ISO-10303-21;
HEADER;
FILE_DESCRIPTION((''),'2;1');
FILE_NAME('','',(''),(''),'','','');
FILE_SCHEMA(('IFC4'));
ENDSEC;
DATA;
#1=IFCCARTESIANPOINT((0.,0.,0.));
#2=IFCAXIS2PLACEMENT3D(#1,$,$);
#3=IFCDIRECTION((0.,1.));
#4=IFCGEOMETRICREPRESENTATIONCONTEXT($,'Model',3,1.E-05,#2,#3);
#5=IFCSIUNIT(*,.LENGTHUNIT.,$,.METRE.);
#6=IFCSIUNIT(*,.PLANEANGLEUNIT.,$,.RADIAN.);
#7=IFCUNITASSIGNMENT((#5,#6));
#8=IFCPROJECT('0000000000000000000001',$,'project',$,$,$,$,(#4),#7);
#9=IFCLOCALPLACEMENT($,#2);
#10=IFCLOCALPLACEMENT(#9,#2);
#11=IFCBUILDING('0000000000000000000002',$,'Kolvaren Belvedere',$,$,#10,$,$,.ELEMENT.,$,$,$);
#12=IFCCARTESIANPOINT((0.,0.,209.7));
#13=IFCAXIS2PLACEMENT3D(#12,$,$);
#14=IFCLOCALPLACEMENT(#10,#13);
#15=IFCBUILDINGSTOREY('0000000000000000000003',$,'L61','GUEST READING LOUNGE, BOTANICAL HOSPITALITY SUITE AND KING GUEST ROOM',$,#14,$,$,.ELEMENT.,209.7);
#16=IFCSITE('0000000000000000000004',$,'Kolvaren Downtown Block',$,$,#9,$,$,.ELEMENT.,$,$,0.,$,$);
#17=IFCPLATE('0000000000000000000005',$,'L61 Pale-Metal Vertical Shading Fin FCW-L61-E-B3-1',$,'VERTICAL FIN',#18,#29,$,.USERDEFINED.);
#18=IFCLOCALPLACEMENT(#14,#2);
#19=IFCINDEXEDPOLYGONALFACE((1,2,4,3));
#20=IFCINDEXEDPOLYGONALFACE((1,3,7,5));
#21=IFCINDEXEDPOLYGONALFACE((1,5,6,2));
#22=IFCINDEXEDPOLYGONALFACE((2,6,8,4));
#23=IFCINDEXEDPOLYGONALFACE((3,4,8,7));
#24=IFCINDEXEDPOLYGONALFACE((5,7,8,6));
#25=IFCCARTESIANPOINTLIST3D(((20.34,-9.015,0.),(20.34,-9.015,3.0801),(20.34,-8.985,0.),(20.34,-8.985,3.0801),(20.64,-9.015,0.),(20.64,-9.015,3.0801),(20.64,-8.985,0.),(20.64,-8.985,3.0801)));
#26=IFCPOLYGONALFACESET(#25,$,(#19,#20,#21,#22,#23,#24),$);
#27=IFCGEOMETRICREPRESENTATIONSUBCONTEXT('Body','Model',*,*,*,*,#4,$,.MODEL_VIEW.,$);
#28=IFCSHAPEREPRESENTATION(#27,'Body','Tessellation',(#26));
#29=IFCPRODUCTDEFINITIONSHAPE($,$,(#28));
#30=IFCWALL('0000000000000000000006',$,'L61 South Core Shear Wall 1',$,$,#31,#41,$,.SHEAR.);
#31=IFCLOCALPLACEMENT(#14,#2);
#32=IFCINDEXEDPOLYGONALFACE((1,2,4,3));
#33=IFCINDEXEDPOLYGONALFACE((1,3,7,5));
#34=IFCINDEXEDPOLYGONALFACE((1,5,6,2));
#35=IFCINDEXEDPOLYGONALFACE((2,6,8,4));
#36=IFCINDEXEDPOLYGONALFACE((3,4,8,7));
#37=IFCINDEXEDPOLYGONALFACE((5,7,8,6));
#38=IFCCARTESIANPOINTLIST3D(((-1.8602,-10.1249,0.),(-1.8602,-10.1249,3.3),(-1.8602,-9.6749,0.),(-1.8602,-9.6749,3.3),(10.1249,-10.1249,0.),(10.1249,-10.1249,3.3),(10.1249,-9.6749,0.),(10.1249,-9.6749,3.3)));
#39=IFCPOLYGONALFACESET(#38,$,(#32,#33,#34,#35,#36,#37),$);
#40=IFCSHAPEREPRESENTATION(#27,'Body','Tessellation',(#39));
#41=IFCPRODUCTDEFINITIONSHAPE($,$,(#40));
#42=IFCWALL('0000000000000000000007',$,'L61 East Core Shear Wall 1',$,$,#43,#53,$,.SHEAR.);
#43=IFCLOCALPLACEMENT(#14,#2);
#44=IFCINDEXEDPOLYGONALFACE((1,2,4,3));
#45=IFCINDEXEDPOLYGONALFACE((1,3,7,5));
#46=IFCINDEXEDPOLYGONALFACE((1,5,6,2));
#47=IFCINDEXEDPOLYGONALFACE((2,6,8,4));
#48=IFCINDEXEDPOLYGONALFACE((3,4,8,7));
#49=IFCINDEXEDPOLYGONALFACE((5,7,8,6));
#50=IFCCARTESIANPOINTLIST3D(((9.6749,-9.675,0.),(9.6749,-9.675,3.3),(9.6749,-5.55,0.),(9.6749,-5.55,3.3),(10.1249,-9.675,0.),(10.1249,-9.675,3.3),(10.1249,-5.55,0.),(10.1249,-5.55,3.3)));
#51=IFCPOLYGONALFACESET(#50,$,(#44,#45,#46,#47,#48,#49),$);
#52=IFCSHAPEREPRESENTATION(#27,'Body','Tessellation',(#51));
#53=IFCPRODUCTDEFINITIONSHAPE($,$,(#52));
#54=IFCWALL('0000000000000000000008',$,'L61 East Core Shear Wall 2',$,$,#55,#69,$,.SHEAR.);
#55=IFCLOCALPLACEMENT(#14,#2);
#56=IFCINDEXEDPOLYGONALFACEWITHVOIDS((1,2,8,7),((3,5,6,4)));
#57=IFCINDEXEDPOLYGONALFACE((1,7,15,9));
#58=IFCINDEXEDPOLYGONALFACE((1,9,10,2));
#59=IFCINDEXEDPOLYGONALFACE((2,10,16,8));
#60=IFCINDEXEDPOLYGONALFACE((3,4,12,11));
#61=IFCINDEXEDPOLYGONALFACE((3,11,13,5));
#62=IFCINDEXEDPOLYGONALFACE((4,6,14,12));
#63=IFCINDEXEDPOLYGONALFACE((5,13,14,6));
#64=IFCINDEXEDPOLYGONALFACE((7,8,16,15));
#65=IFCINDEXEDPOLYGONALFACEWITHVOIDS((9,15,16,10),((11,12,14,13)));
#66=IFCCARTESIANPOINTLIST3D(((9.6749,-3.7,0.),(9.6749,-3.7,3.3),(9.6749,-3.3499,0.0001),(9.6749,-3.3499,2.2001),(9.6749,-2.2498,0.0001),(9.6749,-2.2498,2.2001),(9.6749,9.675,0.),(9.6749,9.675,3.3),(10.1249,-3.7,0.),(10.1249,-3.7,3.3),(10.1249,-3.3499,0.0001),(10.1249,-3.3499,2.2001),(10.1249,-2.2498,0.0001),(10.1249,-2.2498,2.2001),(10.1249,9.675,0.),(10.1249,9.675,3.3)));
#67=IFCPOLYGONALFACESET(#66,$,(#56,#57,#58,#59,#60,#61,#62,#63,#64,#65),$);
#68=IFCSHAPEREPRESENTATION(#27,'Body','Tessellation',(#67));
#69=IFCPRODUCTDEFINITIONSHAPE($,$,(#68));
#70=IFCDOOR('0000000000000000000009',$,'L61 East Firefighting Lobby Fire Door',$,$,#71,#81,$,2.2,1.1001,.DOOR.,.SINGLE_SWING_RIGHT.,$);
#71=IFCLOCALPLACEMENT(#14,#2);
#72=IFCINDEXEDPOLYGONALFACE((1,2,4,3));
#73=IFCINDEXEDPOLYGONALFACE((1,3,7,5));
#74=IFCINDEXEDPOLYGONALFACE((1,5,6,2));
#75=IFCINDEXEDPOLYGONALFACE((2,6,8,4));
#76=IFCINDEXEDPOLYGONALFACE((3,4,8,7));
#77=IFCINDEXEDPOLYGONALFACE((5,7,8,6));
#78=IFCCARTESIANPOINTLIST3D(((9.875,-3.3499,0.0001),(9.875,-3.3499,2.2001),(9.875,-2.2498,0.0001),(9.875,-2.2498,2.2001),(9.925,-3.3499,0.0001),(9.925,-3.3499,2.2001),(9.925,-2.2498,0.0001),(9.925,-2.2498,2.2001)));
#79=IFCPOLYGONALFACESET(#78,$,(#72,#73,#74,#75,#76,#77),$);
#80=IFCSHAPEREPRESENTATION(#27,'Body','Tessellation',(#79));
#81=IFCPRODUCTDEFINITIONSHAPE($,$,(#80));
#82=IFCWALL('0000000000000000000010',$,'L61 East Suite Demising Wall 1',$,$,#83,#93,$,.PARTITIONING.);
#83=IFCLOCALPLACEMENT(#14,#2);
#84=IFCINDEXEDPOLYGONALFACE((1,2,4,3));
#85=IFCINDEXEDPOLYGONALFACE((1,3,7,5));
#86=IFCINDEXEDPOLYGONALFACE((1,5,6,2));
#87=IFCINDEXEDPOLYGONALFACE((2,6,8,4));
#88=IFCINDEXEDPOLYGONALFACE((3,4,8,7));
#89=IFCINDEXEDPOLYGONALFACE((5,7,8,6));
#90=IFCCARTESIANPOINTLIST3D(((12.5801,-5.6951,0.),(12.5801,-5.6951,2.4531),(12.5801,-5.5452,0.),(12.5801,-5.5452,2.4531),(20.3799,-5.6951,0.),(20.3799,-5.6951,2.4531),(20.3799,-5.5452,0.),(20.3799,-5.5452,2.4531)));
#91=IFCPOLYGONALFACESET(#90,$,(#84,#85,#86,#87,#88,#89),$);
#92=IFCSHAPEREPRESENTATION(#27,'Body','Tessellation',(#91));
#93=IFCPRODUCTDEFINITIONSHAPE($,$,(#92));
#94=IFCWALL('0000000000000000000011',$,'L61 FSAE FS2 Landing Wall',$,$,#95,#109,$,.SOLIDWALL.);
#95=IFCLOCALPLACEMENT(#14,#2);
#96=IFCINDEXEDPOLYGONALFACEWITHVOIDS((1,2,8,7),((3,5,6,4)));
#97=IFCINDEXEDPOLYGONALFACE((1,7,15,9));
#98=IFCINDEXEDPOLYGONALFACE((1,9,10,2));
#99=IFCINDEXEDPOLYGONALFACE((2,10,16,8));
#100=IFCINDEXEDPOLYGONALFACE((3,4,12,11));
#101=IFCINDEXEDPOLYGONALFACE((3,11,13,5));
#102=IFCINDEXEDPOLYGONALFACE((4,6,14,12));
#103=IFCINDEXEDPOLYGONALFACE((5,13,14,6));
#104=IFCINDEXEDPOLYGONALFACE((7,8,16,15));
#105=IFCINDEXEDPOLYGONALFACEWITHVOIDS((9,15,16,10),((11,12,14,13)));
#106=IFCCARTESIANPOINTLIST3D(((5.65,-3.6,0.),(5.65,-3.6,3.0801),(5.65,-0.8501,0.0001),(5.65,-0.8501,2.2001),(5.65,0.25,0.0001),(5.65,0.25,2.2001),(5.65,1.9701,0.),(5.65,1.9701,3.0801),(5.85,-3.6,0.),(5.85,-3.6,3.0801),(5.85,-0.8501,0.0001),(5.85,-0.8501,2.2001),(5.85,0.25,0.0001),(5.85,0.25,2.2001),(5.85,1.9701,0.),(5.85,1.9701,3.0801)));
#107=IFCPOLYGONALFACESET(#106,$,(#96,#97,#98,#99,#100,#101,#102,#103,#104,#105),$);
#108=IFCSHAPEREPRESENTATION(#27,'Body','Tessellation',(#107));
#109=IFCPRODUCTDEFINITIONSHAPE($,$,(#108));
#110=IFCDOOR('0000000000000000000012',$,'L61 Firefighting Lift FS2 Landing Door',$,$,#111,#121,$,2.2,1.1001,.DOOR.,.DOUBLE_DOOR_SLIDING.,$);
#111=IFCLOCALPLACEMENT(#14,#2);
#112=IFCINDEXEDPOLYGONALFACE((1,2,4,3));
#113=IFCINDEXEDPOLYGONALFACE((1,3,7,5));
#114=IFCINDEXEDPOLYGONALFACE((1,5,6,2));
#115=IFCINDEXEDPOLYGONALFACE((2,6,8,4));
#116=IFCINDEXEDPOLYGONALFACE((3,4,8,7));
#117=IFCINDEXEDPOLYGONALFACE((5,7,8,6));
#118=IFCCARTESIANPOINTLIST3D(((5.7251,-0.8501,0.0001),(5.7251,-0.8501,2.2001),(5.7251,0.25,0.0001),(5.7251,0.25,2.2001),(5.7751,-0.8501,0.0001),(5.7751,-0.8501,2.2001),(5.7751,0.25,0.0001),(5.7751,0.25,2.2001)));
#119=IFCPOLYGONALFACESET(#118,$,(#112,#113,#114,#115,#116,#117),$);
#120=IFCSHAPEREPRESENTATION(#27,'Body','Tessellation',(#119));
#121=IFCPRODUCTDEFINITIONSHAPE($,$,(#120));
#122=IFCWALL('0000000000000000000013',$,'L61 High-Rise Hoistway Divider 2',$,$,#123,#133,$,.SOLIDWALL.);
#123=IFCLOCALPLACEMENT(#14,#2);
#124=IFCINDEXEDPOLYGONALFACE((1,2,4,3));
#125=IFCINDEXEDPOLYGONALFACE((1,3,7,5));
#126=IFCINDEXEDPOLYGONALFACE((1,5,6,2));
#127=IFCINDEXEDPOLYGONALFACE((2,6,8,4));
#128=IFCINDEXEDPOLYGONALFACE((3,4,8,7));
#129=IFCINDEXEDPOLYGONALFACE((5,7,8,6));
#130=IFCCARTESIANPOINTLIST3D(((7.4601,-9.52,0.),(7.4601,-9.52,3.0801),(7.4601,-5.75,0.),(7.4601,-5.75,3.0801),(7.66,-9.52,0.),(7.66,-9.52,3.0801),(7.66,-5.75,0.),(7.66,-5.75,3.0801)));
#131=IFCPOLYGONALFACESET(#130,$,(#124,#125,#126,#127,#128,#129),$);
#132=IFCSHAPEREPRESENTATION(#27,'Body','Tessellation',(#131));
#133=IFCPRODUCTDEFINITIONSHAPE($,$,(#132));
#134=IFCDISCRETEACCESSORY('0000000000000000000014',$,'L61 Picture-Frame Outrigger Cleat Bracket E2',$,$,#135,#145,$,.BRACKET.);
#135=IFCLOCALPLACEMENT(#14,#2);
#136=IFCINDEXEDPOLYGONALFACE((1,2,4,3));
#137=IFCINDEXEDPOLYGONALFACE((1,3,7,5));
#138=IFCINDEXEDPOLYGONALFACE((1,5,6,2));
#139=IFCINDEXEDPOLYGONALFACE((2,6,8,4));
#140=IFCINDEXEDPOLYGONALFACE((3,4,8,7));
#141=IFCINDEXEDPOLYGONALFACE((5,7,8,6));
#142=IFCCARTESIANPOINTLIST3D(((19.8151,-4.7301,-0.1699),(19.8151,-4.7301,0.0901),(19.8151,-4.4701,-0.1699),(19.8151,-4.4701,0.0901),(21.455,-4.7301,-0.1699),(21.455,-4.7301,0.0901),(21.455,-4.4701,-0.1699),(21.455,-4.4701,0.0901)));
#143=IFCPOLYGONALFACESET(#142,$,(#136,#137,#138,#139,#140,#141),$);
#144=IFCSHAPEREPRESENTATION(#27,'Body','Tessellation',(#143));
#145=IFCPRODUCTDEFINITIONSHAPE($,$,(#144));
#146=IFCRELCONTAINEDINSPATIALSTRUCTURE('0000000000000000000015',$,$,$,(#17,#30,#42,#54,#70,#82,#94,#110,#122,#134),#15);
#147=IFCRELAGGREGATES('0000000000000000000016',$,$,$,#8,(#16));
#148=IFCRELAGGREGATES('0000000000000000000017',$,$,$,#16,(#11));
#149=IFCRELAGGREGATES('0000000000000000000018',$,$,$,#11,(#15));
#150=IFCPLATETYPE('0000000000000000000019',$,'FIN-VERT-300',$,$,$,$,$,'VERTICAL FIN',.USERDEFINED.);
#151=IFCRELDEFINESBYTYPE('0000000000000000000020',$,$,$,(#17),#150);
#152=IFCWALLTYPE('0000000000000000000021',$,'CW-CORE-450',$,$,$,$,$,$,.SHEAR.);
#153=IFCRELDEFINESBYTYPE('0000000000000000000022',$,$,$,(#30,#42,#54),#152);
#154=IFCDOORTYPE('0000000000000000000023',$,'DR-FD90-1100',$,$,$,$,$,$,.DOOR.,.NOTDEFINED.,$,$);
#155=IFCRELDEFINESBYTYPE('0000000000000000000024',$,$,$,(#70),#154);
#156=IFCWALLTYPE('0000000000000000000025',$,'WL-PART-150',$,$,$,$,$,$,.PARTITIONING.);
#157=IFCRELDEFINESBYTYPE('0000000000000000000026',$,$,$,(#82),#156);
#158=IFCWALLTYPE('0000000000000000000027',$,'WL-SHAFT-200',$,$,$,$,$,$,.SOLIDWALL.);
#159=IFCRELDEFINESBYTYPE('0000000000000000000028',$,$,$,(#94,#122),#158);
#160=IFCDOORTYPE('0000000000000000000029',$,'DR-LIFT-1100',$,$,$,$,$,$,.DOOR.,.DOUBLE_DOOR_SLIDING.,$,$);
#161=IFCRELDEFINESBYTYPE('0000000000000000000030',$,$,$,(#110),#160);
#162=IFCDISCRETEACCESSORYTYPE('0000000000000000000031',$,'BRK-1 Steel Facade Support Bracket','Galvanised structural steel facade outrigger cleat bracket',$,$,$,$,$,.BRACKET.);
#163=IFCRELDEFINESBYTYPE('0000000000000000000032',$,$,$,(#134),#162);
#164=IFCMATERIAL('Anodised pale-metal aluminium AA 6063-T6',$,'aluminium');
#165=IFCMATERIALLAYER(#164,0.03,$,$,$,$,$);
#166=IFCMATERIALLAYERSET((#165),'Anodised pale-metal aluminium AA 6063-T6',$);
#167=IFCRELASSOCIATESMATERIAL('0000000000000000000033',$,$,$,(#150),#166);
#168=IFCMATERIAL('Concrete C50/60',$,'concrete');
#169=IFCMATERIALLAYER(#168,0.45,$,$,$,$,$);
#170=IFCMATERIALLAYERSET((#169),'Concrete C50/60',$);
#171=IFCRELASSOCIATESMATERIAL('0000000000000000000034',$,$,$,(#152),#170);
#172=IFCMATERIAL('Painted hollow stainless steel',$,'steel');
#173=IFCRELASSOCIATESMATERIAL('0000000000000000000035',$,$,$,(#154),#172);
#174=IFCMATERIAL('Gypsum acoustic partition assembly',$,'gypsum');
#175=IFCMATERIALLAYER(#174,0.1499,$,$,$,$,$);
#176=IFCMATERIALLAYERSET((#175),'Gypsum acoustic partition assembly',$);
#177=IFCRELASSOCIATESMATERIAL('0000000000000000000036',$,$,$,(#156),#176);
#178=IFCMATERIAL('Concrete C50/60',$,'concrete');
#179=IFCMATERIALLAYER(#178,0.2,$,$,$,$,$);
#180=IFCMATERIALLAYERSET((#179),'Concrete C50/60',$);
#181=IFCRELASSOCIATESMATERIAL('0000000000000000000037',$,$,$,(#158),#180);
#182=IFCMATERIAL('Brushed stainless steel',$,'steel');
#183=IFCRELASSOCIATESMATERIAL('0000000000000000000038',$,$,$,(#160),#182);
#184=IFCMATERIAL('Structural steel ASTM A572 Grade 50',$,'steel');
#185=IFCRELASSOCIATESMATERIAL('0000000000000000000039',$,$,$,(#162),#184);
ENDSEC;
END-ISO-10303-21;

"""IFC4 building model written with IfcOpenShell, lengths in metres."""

from ifc_helpers import new_model, si_unit, direction, frame, frame_2d, origin, origin_2d, place, context, subcontext, project, spatial, rectangle, extrude, material, layer, layer_set, type_object, element, fill, save


model = new_model("IFC4")

# Units and contexts
model_context = context("Model", 3, precision=1e-05, world=origin(), true_north=direction((0.0, 1.0)))
body_context = subcontext(model_context, "Body", "Model", "MODEL_VIEW")
ifc_project = project(units=[si_unit("LENGTHUNIT", "METRE"), si_unit("PLANEANGLEUNIT", "RADIAN")], contexts=[model_context])

# Site, building, storey
site_placement = place(None, origin())
site = spatial("IfcSite", under=ifc_project, at=site_placement, Name="Kolvaren Downtown Block", CompositionType="ELEMENT", RefElevation=0.0)
building_placement = place(site_placement, origin())
building = spatial("IfcBuilding", under=site, at=building_placement, Name="Kolvaren Belvedere", CompositionType="ELEMENT")
storey_placement = place(building_placement, frame((0.0, 0.0, 209.7)))
storey = spatial("IfcBuildingStorey", under=building, at=storey_placement, Name="L61", Description="GUEST READING LOUNGE, BOTANICAL HOSPITALITY SUITE AND KING GUEST ROOM", CompositionType="ELEMENT", Elevation=209.7)

# Plate
ifc_material_1 = material(Name="Anodised pale-metal aluminium AA 6063-T6", Category="aluminium")
ifc_layer_1 = layer(ifc_material_1, 0.03)
ifc_layer_set_1 = layer_set([ifc_layer_1], Name="Anodised pale-metal aluminium AA 6063-T6")
plate_type_1 = type_object("IfcPlateType", Name="FIN-VERT-300", ElementType="VERTICAL FIN", PredefinedType="USERDEFINED", material=ifc_layer_set_1)
plate_1_placement = place(storey_placement, frame((20.49, -9.0, 0.0), z_axis=(0.0, 0.0, 1.0), x_axis=(1.0, 0.0, 0.0)))
element("IfcPlate", 1, at=plate_1_placement, inside=storey, type_object=plate_type_1, Name="L61 Pale-Metal Vertical Shading Fin FCW-L61-E-B3-1", ObjectType="VERTICAL FIN", PredefinedType="USERDEFINED", context=body_context, shape_type="SweptSolid", body=[
    extrude(rectangle(XDim=0.3, YDim=0.03, at=origin_2d()), origin(), (0.0, 0.0, 1.0), 3.0801),
])

# Walls
ifc_material_2 = material(Name="Concrete C50/60", Category="concrete")
ifc_layer_2 = layer(ifc_material_2, 0.45)
ifc_layer_set_2 = layer_set([ifc_layer_2], Name="Concrete C50/60")
wall_type_1 = type_object("IfcWallType", Name="CW-CORE-450", PredefinedType="SHEAR", material=ifc_layer_set_2)
wall_1_placement = place(storey_placement, frame((10.125, -9.8999, 0.0), z_axis=(0.0, 0.0, 1.0), x_axis=(-1.0, 0.0, 0.0)))
element("IfcWall", 2, at=wall_1_placement, inside=storey, type_object=wall_type_1, Name="L61 South Core Shear Wall 1", PredefinedType="SHEAR", context=body_context, shape_type="SweptSolid", body=[
    extrude(rectangle(XDim=11.9851, YDim=0.45, at=frame_2d((5.9927, 0.0))), origin(), (0.0, 0.0, 1.0), 3.3),
])
wall_2_placement = place(storey_placement, frame((9.8999, -9.675, 0.0), z_axis=(0.0, 0.0, 1.0), x_axis=(0.0, 1.0, 0.0)))
element("IfcWall", 3, at=wall_2_placement, inside=storey, type_object=wall_type_1, Name="L61 East Core Shear Wall 1", PredefinedType="SHEAR", context=body_context, shape_type="SweptSolid", body=[
    extrude(rectangle(XDim=4.125, YDim=0.45, at=frame_2d((2.0625, 0.0))), origin(), (0.0, 0.0, 1.0), 3.3),
])

# Wall, opening, door
wall_3_placement = place(storey_placement, frame((9.8999, -3.7, 0.0), z_axis=(0.0, 0.0, 1.0), x_axis=(0.0, 1.0, 0.0)))
wall_3 = element("IfcWall", 4, at=wall_3_placement, inside=storey, type_object=wall_type_1, Name="L61 East Core Shear Wall 2", PredefinedType="SHEAR", context=body_context, shape_type="SweptSolid", body=[
    extrude(rectangle(XDim=13.375, YDim=0.45, at=frame_2d((6.6875, 0.0))), origin(), (0.0, 0.0, 1.0), 3.3),
])
opening_1_placement = place(wall_3_placement, frame((0.3501, 0.0, 0.0)))
opening_1 = element("IfcOpeningElement", 5, at=opening_1_placement, cuts=wall_3, PredefinedType="OPENING", context=body_context, shape_type="SweptSolid", body=[
    extrude(rectangle(XDim=1.1001, YDim=2.2, at=frame_2d((0.55, 1.1001))), frame((0.0, 0.2349, 0.0), z_axis=(0.0, -1.0, 0.0), x_axis=(1.0, 0.0, 0.0)), (0.0, 0.0, 1.0), 0.47),
])
ifc_material_3 = material(Name="Painted hollow stainless steel", Category="steel")
door_type_1 = type_object("IfcDoorType", Name="DR-FD90-1100", OperationType="NOTDEFINED", PredefinedType="DOOR", material=ifc_material_3)
door_1_placement = place(opening_1_placement, origin())
door_1 = element("IfcDoor", 6, at=door_1_placement, inside=storey, type_object=door_type_1, Name="L61 East Firefighting Lobby Fire Door", OperationType="SINGLE_SWING_RIGHT", OverallHeight=2.2, OverallWidth=1.1001, PredefinedType="DOOR", context=body_context, shape_type="SweptSolid", body=[
    extrude(rectangle(XDim=1.1001, YDim=2.2, at=frame_2d((0.55, 1.1001))), frame((0.0, 0.0249, 0.0), z_axis=(0.0, -1.0, 0.0), x_axis=(1.0, 0.0, 0.0)), (0.0, 0.0, 1.0), 0.05),
])
fill(opening_1, door_1)

# Wall
ifc_material_4 = material(Name="Gypsum acoustic partition assembly", Category="gypsum")
ifc_layer_3 = layer(ifc_material_4, 0.1499)
ifc_layer_set_3 = layer_set([ifc_layer_3], Name="Gypsum acoustic partition assembly")
wall_type_2 = type_object("IfcWallType", Name="WL-PART-150", PredefinedType="PARTITIONING", material=ifc_layer_set_3)
wall_4_placement = place(storey_placement, frame((12.5801, -5.6201, 0.0), z_axis=(0.0, 0.0, 1.0), x_axis=(1.0, 0.0, 0.0)))
element("IfcWall", 7, at=wall_4_placement, inside=storey, type_object=wall_type_2, Name="L61 East Suite Demising Wall 1", PredefinedType="PARTITIONING", context=body_context, shape_type="SweptSolid", body=[
    extrude(rectangle(XDim=7.7998, YDim=0.1499, at=frame_2d((3.8999, 0.0))), origin(), (0.0, 0.0, 1.0), 2.4531),
])

# Wall, opening, door
ifc_material_5 = material(Name="Concrete C50/60", Category="concrete")
ifc_layer_4 = layer(ifc_material_5, 0.2)
ifc_layer_set_4 = layer_set([ifc_layer_4], Name="Concrete C50/60")
wall_type_3 = type_object("IfcWallType", Name="WL-SHAFT-200", PredefinedType="SOLIDWALL", material=ifc_layer_set_4)
wall_5_placement = place(storey_placement, frame((5.75, -3.6001, 0.0), z_axis=(0.0, 0.0, 1.0), x_axis=(0.0, 1.0, 0.0)))
wall_5 = element("IfcWall", 8, at=wall_5_placement, inside=storey, type_object=wall_type_3, Name="L61 FSAE FS2 Landing Wall", PredefinedType="SOLIDWALL", context=body_context, shape_type="SweptSolid", body=[
    extrude(rectangle(XDim=5.5701, YDim=0.2, at=frame_2d((2.7852, 0.0))), origin(), (0.0, 0.0, 1.0), 3.0801),
])
opening_2_placement = place(wall_5_placement, frame((2.75, 0.0, 0.0)))
opening_2 = element("IfcOpeningElement", 9, at=opening_2_placement, cuts=wall_5, PredefinedType="OPENING", context=body_context, shape_type="SweptSolid", body=[
    extrude(rectangle(XDim=1.1001, YDim=2.2, at=frame_2d((0.55, 1.1001))), frame((0.0, 0.1099, 0.0), z_axis=(0.0, -1.0, 0.0), x_axis=(1.0, 0.0, 0.0)), (0.0, 0.0, 1.0), 0.22),
])
ifc_material_6 = material(Name="Brushed stainless steel", Category="steel")
door_type_2 = type_object("IfcDoorType", Name="DR-LIFT-1100", OperationType="DOUBLE_DOOR_SLIDING", PredefinedType="DOOR", material=ifc_material_6)
door_2_placement = place(opening_2_placement, origin())
door_2 = element("IfcDoor", 10, at=door_2_placement, inside=storey, type_object=door_type_2, Name="L61 Firefighting Lift FS2 Landing Door", OperationType="DOUBLE_DOOR_SLIDING", OverallHeight=2.2, OverallWidth=1.1001, PredefinedType="DOOR", context=body_context, shape_type="SweptSolid", body=[
    extrude(rectangle(XDim=1.1001, YDim=2.2, at=frame_2d((0.55, 1.1001))), frame((0.0, 0.0249, 0.0), z_axis=(0.0, -1.0, 0.0), x_axis=(1.0, 0.0, 0.0)), (0.0, 0.0, 1.0), 0.05),
])
fill(opening_2, door_2)

# Wall
wall_6_placement = place(storey_placement, frame((7.5601, -9.52, 0.0), z_axis=(0.0, 0.0, 1.0), x_axis=(0.0, 1.0, 0.0)))
element("IfcWall", 11, at=wall_6_placement, inside=storey, type_object=wall_type_3, Name="L61 High-Rise Hoistway Divider 2", PredefinedType="SOLIDWALL", context=body_context, shape_type="SweptSolid", body=[
    extrude(rectangle(XDim=3.77, YDim=0.2, at=frame_2d((1.885, 0.0))), origin(), (0.0, 0.0, 1.0), 3.0801),
])

# Discrete accessory
ifc_material_7 = material(Name="Structural steel ASTM A572 Grade 50", Category="steel")
discrete_accessory_type = type_object("IfcDiscreteAccessoryType", Name="BRK-1 Steel Facade Support Bracket", Description="Galvanised structural steel facade outrigger cleat bracket", PredefinedType="BRACKET", material=ifc_material_7)
discrete_accessory_placement = place(storey_placement, frame((20.635, -4.6001, -0.1699), z_axis=(0.0, 0.0, 1.0), x_axis=(1.0, 0.0, 0.0)))
element("IfcDiscreteAccessory", 12, at=discrete_accessory_placement, inside=storey, type_object=discrete_accessory_type, Name="L61 Picture-Frame Outrigger Cleat Bracket E2", PredefinedType="BRACKET", context=body_context, shape_type="SweptSolid", body=[
    extrude(rectangle(XDim=1.6399, YDim=0.26, at=origin_2d()), origin(), (0.0, 0.0, 1.0), 0.26),
])

save(model, "model.ifc")
